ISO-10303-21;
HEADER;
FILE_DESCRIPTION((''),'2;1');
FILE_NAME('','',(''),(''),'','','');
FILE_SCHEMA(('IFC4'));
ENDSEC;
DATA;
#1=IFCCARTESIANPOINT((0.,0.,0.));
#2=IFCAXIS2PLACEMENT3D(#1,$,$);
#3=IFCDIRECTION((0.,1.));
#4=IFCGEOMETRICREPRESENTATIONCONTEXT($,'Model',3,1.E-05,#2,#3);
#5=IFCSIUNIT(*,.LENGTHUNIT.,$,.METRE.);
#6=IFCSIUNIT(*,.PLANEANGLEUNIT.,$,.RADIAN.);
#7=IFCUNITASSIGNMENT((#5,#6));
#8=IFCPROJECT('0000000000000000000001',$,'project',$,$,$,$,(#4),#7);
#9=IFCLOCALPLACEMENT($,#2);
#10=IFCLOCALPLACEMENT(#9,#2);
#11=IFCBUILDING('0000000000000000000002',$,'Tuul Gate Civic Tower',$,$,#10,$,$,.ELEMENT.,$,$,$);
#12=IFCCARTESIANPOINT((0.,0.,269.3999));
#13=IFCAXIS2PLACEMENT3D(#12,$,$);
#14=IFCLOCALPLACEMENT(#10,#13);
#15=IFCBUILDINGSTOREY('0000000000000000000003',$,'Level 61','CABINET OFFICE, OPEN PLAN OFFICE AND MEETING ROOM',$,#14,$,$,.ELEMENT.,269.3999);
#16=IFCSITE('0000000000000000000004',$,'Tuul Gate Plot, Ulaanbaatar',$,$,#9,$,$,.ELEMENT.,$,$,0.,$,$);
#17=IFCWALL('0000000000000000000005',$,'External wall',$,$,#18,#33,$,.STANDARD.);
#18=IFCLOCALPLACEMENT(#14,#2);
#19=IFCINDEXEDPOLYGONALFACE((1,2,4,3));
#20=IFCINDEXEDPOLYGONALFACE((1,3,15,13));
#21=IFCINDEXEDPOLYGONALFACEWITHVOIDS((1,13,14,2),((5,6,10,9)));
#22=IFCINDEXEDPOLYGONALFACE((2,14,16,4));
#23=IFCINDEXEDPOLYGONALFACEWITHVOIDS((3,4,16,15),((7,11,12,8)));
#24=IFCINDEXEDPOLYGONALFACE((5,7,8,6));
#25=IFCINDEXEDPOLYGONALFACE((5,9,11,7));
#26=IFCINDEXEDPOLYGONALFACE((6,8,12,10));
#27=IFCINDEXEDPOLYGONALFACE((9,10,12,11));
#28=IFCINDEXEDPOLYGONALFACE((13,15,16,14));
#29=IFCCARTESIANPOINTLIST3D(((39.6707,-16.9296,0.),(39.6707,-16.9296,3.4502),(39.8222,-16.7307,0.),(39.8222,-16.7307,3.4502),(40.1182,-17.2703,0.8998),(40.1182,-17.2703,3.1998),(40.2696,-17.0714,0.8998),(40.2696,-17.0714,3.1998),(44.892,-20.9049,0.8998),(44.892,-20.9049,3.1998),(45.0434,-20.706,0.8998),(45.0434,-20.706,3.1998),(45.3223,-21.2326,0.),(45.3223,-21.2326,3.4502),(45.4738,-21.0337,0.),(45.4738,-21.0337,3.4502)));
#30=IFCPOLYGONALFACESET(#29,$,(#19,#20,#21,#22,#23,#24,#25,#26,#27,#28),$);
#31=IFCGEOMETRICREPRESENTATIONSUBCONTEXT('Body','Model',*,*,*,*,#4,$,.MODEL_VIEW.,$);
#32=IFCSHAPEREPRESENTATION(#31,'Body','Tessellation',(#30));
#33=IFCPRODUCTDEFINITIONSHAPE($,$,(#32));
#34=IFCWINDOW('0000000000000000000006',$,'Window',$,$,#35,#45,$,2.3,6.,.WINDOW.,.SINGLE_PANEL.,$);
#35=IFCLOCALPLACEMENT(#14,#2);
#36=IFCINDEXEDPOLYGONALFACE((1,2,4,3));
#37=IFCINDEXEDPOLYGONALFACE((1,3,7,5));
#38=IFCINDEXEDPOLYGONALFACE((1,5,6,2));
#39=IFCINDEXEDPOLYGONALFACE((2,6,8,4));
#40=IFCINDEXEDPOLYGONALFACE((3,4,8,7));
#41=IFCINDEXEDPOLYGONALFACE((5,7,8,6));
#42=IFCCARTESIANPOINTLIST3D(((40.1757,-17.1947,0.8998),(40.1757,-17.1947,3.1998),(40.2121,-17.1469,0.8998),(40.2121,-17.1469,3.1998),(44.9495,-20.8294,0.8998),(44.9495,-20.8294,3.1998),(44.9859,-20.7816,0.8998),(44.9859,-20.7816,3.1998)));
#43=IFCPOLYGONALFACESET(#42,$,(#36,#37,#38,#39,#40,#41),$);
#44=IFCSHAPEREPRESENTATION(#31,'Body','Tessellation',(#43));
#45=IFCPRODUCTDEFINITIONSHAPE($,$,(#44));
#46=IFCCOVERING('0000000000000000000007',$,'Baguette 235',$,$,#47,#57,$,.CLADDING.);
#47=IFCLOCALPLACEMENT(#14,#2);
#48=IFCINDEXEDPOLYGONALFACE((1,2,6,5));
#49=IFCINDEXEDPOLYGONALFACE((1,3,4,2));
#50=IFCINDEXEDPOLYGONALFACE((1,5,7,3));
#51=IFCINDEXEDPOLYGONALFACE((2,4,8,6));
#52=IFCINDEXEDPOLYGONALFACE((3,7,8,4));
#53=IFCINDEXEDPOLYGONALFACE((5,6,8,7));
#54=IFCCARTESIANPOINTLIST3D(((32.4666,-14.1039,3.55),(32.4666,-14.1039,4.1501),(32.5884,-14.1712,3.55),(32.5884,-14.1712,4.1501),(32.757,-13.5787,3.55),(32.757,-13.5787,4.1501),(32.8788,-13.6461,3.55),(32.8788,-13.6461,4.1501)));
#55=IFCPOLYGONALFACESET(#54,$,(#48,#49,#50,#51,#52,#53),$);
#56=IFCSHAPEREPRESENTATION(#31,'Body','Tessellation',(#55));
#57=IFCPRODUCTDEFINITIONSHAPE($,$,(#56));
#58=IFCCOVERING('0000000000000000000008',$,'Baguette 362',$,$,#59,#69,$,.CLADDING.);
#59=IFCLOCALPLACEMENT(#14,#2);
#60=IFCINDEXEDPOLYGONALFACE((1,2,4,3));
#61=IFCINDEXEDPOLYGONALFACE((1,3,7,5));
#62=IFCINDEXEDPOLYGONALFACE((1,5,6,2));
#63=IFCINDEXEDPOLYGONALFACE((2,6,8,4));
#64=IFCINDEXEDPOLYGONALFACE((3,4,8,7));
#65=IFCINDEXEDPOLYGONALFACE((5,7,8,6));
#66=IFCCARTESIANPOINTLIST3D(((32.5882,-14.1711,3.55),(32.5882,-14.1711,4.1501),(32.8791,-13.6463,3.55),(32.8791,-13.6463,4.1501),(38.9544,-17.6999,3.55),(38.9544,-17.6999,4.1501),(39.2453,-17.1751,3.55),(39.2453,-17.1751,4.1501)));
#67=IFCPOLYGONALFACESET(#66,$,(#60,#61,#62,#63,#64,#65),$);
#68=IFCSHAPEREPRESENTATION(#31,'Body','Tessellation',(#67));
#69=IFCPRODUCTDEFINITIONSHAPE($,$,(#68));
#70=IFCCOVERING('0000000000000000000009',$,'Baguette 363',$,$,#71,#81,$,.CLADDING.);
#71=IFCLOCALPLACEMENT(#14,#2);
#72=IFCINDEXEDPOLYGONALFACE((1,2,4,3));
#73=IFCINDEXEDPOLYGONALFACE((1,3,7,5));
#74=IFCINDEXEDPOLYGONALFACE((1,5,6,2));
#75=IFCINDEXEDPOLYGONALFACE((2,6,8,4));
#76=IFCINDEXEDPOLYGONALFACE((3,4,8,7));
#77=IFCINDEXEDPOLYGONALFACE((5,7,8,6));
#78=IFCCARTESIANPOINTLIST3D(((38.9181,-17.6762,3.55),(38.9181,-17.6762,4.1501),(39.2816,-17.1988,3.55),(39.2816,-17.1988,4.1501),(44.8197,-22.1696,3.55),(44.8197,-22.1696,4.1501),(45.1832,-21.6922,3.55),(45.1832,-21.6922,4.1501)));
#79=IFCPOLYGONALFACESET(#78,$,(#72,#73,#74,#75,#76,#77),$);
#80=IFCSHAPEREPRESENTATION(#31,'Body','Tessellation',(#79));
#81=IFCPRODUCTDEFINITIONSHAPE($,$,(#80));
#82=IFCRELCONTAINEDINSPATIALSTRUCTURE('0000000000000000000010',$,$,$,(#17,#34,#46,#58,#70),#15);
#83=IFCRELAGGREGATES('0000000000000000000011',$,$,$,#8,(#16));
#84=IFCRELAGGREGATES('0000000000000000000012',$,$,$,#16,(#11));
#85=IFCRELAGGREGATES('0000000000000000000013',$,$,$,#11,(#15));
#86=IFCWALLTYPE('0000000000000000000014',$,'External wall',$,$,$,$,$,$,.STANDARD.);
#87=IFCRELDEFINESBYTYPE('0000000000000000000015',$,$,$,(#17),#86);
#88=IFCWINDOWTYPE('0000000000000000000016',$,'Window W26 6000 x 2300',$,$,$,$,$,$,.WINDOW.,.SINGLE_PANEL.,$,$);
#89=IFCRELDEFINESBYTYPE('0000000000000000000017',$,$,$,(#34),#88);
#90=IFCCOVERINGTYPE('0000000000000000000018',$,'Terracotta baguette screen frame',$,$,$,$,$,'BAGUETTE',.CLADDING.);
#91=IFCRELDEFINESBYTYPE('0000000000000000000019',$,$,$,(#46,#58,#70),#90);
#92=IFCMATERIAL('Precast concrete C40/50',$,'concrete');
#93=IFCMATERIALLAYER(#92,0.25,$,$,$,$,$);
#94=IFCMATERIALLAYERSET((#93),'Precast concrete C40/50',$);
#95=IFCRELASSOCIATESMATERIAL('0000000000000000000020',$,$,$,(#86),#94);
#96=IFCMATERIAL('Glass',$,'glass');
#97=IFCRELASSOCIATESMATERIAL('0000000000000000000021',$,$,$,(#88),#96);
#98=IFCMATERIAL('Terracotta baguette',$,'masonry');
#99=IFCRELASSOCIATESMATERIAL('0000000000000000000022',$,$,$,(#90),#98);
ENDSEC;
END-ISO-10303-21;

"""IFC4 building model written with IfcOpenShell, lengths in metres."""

from ifc_helpers import new_model, si_unit, direction, frame, frame_2d, origin, origin_2d, place, context, subcontext, project, spatial, rectangle, extrude, material, layer, layer_set, material_profile, profile_set, type_object, element, fill, save


model = new_model("IFC4")

# Units and contexts
model_context = context("Model", 3, precision=1e-05, world=origin(), true_north=direction((0.0, 1.0)))
body_context = subcontext(model_context, "Body", "Model", "MODEL_VIEW")
ifc_project = project(units=[si_unit("LENGTHUNIT", "METRE"), si_unit("PLANEANGLEUNIT", "RADIAN")], contexts=[model_context])

# Site, building, storey
site_placement = place(None, origin())
site = spatial("IfcSite", under=ifc_project, at=site_placement, Name="Tuul Gate Plot, Ulaanbaatar", CompositionType="ELEMENT", RefElevation=0.0)
building_placement = place(site_placement, origin())
building = spatial("IfcBuilding", under=site, at=building_placement, Name="Tuul Gate Civic Tower", CompositionType="ELEMENT")
storey_placement = place(building_placement, frame((0.0, 0.0, 269.3999)))
storey = spatial("IfcBuildingStorey", under=building, at=storey_placement, Name="Level 61", Description="CABINET OFFICE, OPEN PLAN OFFICE AND MEETING ROOM", CompositionType="ELEMENT", Elevation=269.3999)

# Wall, opening, window
ifc_material_1 = material(Name="Precast concrete C40/50", Category="concrete")
ifc_layer = layer(ifc_material_1, 0.25)
ifc_layer_set = layer_set([ifc_layer], Name="Precast concrete C40/50")
wall_type = type_object("IfcWallType", Name="External wall", PredefinedType="STANDARD", material=ifc_layer_set)
ifc_material_2 = material(Name="Glass", Category="glass")
window_type = type_object("IfcWindowType", Name="Window W26 6000 x 2300", PartitioningType="SINGLE_PANEL", PredefinedType="WINDOW", material=ifc_material_2)
wall_1_placement = place(storey_placement, frame((39.7463, -16.8301, 0.0), z_axis=(0.0, 0.0, 1.0), x_axis=(0.795636, -0.605775, 0.0)))
wall_1 = element("IfcWall", 1, at=wall_1_placement, inside=storey, type_object=wall_type, Name="External wall", PredefinedType="STANDARD", context=body_context, shape_type="SweptSolid", body=[
    extrude(rectangle(XDim=7.1033, YDim=0.25, at=frame_2d((3.5518, 0.0))), origin(), (0.0, 0.0, 1.0), 3.4502),
])
opening_1_placement = place(wall_1_placement, frame((0.5625, 0.0, 0.8999)))
opening_1 = element("IfcOpeningElement", 2, at=opening_1_placement, cuts=wall_1, PredefinedType="OPENING", context=body_context, shape_type="SweptSolid", body=[
    extrude(rectangle(XDim=6.0, YDim=2.3, at=frame_2d((3.0, 1.1499))), frame((0.0, 0.135, 0.0), z_axis=(0.0, -1.0, 0.0), x_axis=(1.0, 0.0, 0.0)), (0.0, 0.0, 1.0), 0.27),
])
window_1_placement = place(opening_1_placement, origin())
window_1 = element("IfcWindow", 3, at=window_1_placement, inside=storey, type_object=window_type, Name="Window", OverallHeight=2.3, OverallWidth=6.0, PartitioningType="SINGLE_PANEL", PredefinedType="WINDOW", context=body_context, shape_type="SweptSolid", body=[
    extrude(rectangle(XDim=6.0, YDim=2.3, at=frame_2d((3.0, 1.1499))), frame((0.0, 0.03, 0.0), z_axis=(0.0, -1.0, 0.0), x_axis=(1.0, 0.0, 0.0)), (0.0, 0.0, 1.0), 0.0601),
])
fill(opening_1, window_1)

# Coverings
ifc_material_3 = material(Name="Terracotta baguette", Category="masonry")
ifc_material_profile_1 = material_profile(ifc_material_3, rectangle(XDim=0.6001, YDim=0.6001, at=origin_2d()), Name="Terracotta baguette screen frame")
ifc_profile_set_1 = profile_set([ifc_material_profile_1], Name="Terracotta baguette")
covering_type = type_object("IfcCoveringType", Name="Terracotta baguette screen frame", ElementType="BAGUETTE", PredefinedType="CLADDING", material=ifc_profile_set_1)
covering_1_placement = place(storey_placement, frame((32.6118, -13.8413, 3.8501), z_axis=(0.875066, -0.484004, 0.0), x_axis=(0.484004, 0.875066, 0.0)))
element("IfcCovering", 4, at=covering_1_placement, inside=storey, type_object=covering_type, Name="Baguette 235", PredefinedType="CLADDING", context=body_context, shape_type="SweptSolid", body=[
    extrude(rectangle(XDim=0.6001, YDim=0.6001, at=origin_2d()), origin(), (0.0, 0.0, 1.0), 0.1392),
])
covering_2_placement = place(storey_placement, frame((32.7336, -13.9087, 3.8501), z_axis=(0.874622, -0.484805, 0.0), x_axis=(0.484805, 0.874622, 0.0)))
element("IfcCovering", 5, at=covering_2_placement, inside=storey, type_object=covering_type, Name="Baguette 362", PredefinedType="CLADDING", context=body_context, shape_type="SweptSolid", body=[
    extrude(rectangle(XDim=0.6001, YDim=0.6001, at=origin_2d()), origin(), (0.0, 0.0, 1.0), 7.2788),
])
covering_3_placement = place(storey_placement, frame((39.0999, -17.4375, 3.8501), z_axis=(0.79563, -0.605782, 0.0), x_axis=(0.605782, 0.79563, 0.0)))
element("IfcCovering", 6, at=covering_3_placement, inside=storey, type_object=covering_type, Name="Baguette 363", PredefinedType="CLADDING", context=body_context, shape_type="SweptSolid", body=[
    extrude(rectangle(XDim=0.6001, YDim=0.6001, at=origin_2d()), origin(), (0.0, 0.0, 1.0), 7.4175),
])

save(model, "model.ifc")
